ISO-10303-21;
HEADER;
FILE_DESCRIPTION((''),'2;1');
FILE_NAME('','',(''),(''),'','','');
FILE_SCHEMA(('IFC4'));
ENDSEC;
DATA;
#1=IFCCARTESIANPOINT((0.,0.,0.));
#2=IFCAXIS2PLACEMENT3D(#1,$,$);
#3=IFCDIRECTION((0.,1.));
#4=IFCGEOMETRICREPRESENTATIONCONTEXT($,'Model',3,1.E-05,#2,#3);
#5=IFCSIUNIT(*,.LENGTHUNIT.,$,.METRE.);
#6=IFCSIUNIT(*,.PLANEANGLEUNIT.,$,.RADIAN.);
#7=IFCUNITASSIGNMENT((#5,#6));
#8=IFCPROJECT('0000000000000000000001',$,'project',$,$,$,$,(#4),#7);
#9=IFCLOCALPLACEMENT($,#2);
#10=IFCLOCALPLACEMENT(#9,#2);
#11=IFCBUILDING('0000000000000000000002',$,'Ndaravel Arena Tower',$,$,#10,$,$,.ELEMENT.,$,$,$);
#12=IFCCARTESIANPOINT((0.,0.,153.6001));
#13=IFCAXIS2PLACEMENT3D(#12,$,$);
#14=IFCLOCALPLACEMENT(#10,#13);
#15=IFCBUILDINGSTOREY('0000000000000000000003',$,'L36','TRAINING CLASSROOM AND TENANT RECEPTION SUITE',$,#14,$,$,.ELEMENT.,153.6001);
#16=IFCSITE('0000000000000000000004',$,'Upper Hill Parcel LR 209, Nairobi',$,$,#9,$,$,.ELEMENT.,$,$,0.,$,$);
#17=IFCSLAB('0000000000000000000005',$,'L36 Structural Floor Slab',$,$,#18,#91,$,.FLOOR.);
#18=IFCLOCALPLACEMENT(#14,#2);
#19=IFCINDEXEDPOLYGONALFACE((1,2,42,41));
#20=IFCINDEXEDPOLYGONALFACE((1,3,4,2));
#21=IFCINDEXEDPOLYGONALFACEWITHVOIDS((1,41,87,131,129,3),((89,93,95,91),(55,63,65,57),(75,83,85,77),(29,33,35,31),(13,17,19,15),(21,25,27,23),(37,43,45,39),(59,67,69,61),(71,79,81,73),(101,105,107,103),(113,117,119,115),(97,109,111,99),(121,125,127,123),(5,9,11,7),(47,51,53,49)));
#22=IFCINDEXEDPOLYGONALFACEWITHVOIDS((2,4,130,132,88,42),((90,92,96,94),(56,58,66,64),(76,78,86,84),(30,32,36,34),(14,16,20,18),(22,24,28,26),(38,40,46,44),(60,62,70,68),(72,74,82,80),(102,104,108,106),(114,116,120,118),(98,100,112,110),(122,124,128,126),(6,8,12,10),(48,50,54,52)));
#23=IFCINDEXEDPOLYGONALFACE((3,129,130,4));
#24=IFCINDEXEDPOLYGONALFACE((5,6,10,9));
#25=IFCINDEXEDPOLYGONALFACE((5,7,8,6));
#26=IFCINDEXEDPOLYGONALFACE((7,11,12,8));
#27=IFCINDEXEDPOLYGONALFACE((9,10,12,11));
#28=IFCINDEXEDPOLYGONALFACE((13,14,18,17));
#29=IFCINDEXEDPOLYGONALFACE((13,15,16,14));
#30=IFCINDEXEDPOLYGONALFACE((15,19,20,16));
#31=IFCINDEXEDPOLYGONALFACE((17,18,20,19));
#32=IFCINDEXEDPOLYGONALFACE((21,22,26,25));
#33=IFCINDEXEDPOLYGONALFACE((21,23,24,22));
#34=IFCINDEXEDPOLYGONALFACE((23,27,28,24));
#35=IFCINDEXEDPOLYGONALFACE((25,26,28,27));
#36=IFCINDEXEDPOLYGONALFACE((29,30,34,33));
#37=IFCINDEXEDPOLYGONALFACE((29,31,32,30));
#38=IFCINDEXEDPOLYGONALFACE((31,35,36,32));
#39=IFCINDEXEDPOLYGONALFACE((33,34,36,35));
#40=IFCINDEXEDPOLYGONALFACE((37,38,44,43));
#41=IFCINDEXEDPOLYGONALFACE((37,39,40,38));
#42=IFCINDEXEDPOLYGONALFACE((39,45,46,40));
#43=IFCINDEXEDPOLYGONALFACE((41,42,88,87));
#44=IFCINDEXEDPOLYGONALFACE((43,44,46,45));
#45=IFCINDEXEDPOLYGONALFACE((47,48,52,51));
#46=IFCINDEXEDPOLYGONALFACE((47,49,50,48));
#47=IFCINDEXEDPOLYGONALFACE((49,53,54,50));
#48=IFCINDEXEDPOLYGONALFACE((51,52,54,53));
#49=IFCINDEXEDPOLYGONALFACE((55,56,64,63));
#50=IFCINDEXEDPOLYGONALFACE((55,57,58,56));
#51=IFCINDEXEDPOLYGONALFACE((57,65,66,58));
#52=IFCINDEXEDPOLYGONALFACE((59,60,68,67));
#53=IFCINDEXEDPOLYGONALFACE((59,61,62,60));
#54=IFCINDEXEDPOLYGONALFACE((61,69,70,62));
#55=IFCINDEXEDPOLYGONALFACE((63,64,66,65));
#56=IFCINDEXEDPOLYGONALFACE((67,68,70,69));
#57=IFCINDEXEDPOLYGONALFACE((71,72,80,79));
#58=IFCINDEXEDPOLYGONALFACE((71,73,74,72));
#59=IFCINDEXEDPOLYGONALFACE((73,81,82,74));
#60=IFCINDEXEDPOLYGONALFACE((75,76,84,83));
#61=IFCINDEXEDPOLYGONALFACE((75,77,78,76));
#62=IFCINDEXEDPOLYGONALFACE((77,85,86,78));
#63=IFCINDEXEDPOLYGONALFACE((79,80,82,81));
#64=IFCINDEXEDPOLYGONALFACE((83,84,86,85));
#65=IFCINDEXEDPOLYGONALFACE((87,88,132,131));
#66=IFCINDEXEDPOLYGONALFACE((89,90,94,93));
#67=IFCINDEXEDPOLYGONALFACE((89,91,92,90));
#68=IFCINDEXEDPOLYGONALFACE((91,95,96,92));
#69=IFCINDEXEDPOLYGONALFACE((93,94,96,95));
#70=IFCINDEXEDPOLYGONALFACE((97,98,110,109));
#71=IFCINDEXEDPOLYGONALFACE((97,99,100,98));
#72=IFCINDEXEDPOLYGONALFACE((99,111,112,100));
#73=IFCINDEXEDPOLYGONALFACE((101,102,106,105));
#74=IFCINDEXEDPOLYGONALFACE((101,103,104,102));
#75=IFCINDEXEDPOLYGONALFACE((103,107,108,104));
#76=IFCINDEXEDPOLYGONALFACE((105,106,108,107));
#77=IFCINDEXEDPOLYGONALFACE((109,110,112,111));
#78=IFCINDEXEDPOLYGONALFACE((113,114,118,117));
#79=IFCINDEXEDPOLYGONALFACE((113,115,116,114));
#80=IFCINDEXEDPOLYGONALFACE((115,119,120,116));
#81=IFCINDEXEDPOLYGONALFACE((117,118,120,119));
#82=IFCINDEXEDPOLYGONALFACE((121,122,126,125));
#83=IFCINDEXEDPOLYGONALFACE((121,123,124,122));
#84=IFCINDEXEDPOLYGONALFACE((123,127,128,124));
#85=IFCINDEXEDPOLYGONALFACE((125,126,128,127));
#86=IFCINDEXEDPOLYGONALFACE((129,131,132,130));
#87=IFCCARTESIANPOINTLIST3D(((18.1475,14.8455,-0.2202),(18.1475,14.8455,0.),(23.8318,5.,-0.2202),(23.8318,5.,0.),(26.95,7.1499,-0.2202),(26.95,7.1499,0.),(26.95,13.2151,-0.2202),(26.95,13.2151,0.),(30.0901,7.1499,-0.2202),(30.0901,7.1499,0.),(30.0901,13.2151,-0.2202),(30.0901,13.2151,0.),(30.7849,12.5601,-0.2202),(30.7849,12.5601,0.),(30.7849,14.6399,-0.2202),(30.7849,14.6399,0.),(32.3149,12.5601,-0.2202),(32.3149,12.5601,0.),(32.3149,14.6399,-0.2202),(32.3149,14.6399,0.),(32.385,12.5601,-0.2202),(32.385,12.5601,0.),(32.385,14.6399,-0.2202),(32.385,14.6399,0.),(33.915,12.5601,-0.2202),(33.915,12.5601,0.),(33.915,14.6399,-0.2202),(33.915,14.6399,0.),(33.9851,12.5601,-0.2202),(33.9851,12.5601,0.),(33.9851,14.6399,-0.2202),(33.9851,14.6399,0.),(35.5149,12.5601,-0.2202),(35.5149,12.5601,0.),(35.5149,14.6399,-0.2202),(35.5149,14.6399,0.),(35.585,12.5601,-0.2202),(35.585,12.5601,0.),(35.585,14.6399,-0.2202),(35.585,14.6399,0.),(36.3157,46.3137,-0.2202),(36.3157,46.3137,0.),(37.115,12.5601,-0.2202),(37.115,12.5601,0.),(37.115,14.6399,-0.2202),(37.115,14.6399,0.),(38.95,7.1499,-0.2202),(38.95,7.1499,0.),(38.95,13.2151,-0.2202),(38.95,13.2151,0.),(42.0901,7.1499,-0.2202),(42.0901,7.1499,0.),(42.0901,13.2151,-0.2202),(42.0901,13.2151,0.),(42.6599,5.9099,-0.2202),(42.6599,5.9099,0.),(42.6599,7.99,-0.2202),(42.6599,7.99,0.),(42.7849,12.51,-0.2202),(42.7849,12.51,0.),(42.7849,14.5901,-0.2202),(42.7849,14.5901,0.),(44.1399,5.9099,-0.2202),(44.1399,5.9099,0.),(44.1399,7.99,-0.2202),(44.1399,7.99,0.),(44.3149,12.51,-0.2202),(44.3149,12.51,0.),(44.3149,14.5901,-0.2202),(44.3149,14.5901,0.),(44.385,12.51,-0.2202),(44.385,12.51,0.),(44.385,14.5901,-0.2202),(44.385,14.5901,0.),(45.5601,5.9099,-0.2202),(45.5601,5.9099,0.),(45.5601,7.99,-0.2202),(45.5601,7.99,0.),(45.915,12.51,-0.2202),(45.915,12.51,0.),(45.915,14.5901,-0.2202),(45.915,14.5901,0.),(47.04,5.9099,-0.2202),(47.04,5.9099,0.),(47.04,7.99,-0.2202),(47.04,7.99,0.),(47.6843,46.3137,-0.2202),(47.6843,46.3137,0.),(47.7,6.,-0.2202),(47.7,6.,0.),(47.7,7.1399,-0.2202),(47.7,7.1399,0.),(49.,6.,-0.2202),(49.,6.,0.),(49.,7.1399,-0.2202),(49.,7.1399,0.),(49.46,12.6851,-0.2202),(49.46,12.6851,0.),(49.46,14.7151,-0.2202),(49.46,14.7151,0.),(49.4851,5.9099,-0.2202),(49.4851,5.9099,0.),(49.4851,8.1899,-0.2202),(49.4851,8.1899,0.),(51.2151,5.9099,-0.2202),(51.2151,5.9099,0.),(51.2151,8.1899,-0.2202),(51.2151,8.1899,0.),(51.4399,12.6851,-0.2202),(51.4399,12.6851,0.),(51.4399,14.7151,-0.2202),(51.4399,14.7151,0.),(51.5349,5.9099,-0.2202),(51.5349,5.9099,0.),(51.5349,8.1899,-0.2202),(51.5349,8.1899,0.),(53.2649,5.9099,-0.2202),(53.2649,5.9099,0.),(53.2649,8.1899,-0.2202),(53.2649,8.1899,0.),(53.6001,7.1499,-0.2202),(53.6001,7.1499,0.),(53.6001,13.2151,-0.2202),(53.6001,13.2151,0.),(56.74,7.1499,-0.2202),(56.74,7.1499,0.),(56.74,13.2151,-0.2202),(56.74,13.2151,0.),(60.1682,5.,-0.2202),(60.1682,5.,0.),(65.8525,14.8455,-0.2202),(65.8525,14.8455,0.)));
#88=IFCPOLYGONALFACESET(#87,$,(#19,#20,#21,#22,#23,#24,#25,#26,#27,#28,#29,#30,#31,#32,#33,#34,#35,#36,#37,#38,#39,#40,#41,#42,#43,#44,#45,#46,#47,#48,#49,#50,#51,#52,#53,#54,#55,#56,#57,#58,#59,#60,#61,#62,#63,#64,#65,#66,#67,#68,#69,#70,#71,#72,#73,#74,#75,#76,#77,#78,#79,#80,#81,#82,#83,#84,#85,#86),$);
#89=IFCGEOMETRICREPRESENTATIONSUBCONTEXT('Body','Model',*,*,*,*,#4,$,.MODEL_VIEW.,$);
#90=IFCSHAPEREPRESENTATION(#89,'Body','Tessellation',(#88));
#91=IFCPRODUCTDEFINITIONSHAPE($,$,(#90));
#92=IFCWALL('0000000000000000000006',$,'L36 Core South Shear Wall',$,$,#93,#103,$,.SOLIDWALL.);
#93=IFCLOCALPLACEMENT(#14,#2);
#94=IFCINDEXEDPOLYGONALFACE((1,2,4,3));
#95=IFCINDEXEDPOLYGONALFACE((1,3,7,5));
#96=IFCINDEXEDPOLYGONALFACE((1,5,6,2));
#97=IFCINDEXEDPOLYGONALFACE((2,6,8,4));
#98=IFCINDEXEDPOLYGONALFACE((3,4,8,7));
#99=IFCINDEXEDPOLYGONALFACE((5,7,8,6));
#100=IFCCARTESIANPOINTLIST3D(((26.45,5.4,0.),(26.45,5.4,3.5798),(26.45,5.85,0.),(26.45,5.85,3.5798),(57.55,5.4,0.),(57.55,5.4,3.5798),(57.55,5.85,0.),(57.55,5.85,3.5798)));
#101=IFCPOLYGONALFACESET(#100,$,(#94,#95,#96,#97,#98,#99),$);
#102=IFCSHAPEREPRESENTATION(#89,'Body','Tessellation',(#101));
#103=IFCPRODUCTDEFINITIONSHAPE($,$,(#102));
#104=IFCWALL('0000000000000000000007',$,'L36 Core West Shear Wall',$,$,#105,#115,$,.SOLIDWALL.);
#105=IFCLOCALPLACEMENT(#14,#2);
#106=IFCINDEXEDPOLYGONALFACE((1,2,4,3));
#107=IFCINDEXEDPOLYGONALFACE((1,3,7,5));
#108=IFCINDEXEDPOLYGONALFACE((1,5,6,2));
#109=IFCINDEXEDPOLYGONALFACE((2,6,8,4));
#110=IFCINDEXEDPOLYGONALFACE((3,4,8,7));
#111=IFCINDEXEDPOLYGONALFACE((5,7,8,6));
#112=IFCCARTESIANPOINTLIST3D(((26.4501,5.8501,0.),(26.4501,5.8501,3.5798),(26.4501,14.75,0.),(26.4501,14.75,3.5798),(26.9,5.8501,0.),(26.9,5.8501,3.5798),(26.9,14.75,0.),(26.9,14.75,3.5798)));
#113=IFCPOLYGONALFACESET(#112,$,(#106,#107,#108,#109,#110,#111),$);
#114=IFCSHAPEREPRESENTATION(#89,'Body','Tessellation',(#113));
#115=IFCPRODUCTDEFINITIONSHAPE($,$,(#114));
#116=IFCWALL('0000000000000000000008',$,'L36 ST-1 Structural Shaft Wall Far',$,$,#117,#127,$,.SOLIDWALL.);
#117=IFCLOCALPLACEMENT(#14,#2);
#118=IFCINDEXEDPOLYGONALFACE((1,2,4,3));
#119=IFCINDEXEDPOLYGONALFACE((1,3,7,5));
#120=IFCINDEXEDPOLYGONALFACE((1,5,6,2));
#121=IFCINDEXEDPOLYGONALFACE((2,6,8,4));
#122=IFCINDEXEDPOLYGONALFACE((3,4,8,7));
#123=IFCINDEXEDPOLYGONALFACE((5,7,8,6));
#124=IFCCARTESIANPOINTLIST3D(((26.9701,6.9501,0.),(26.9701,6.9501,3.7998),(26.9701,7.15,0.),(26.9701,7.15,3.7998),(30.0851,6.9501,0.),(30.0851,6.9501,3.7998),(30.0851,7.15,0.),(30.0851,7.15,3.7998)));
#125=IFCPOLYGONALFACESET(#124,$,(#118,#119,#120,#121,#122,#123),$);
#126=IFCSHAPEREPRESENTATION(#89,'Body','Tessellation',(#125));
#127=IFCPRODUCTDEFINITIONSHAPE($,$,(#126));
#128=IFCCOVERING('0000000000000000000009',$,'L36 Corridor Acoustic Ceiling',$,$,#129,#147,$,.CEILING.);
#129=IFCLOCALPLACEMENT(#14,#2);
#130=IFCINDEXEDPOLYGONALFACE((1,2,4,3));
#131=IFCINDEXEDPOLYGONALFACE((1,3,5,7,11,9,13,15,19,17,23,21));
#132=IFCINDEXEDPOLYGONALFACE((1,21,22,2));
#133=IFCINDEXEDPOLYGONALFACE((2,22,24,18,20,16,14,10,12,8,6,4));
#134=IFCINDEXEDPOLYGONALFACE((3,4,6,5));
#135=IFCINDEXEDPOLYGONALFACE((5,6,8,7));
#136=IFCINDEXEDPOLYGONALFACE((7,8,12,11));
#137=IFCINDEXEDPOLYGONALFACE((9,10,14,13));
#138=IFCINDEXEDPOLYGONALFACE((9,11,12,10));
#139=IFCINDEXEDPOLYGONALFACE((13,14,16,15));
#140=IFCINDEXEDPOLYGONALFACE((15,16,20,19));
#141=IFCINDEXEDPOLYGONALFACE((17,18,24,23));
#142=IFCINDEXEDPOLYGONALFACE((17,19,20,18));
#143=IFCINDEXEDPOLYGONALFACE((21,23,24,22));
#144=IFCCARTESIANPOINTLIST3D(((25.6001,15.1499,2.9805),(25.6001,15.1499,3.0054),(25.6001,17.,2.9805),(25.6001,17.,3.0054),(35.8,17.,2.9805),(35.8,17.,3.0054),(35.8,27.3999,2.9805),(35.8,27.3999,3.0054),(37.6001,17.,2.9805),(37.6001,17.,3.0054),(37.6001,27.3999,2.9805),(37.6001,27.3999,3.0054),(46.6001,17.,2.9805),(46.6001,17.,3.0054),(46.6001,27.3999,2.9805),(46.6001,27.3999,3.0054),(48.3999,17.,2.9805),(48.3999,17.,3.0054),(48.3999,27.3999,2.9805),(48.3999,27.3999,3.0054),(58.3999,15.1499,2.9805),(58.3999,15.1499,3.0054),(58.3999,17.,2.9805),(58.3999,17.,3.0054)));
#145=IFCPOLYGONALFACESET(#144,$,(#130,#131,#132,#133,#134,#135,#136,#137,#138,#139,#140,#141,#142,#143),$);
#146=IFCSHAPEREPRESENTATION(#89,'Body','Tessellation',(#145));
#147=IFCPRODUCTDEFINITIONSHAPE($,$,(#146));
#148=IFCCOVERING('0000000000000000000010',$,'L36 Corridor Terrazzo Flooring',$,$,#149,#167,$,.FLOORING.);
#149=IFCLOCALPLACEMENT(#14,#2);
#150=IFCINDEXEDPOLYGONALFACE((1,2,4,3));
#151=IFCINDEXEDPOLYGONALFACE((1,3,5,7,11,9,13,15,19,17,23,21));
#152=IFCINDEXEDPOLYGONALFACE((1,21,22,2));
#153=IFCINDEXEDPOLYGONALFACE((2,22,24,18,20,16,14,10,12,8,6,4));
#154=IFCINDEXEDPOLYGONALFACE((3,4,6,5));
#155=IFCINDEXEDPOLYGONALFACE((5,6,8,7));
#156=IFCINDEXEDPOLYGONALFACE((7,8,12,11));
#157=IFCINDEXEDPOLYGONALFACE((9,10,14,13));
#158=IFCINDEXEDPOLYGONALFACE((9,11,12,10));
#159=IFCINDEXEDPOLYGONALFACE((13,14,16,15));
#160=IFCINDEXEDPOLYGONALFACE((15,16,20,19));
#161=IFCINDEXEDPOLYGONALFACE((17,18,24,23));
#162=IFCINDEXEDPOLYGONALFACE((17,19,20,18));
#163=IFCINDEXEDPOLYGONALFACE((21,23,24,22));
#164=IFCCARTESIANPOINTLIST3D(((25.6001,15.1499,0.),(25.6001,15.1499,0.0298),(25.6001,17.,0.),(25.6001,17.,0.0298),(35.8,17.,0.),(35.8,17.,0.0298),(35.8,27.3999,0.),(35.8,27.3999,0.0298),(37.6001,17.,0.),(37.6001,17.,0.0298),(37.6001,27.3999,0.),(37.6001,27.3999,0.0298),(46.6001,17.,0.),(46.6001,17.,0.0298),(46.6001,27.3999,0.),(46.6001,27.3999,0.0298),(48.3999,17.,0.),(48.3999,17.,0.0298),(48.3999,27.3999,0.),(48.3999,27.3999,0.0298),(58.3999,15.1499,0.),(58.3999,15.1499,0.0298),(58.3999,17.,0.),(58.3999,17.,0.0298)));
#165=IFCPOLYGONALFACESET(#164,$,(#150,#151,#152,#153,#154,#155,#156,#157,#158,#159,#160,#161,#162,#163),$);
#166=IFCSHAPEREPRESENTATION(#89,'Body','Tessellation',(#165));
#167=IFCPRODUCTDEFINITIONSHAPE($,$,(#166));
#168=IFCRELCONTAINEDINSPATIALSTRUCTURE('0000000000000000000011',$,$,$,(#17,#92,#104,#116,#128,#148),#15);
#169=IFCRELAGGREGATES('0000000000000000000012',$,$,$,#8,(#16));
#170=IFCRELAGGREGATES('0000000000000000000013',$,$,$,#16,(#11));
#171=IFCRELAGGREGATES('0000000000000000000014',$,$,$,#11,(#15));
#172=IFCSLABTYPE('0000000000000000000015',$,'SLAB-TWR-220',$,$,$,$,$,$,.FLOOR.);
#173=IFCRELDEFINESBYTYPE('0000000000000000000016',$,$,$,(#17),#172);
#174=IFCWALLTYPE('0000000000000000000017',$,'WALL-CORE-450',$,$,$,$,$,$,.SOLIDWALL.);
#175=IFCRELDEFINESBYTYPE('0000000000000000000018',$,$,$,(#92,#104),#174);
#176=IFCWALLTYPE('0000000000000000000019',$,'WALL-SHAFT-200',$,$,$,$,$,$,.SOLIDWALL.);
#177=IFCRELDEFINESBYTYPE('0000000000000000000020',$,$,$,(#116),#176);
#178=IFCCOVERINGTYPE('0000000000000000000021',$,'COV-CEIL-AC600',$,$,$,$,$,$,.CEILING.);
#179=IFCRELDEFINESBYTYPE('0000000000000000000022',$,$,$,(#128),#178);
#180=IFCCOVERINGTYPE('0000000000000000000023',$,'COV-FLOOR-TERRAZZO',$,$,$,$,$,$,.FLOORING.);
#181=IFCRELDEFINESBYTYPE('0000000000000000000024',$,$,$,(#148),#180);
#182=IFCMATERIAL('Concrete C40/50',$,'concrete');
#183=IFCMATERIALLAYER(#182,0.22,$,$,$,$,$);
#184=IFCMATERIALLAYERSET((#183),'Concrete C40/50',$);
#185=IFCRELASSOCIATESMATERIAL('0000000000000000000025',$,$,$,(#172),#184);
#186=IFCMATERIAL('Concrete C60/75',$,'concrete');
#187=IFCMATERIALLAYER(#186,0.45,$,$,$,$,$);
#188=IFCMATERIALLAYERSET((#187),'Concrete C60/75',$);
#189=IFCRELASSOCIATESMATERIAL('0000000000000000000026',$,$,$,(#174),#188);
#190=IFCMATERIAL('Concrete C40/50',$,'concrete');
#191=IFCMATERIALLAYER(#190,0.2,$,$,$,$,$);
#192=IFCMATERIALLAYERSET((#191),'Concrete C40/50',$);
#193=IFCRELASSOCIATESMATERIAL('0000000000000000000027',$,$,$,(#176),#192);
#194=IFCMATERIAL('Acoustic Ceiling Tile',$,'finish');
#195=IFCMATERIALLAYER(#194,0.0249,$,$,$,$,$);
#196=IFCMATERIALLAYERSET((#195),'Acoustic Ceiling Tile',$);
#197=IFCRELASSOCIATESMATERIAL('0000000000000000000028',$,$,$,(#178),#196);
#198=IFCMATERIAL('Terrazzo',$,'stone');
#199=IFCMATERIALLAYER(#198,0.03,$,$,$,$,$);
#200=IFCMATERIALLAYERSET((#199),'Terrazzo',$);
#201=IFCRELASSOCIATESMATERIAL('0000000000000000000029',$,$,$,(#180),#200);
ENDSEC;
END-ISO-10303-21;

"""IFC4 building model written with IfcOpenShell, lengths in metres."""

from ifc_helpers import new_model, si_unit, direction, frame, frame_2d, origin, place, context, subcontext, project, spatial, polyline, rectangle, outline, extrude, material, layer, layer_set, type_object, element, save


model = new_model("IFC4")

# Units and contexts
model_context = context("Model", 3, precision=1e-05, world=origin(), true_north=direction((0.0, 1.0)))
body_context = subcontext(model_context, "Body", "Model", "MODEL_VIEW")
ifc_project = project(units=[si_unit("LENGTHUNIT", "METRE"), si_unit("PLANEANGLEUNIT", "RADIAN")], contexts=[model_context])

# Site, building, storey
site_placement = place(None, origin())
site = spatial("IfcSite", under=ifc_project, at=site_placement, Name="Upper Hill Parcel LR 209, Nairobi", CompositionType="ELEMENT", RefElevation=0.0)
building_placement = place(site_placement, origin())
building = spatial("IfcBuilding", under=site, at=building_placement, Name="Ndaravel Arena Tower", CompositionType="ELEMENT")
storey_placement = place(building_placement, frame((0.0, 0.0, 153.6001)))
storey = spatial("IfcBuildingStorey", under=building, at=storey_placement, Name="L36", Description="TRAINING CLASSROOM AND TENANT RECEPTION SUITE", CompositionType="ELEMENT", Elevation=153.6001)

# Slab
ifc_material_1 = material(Name="Concrete C40/50", Category="concrete")
ifc_layer_1 = layer(ifc_material_1, 0.22)
ifc_layer_set_1 = layer_set([ifc_layer_1], Name="Concrete C40/50")
slab_type_1 = type_object("IfcSlabType", Name="SLAB-TWR-220", PredefinedType="FLOOR", material=ifc_layer_set_1)
slab_1_placement = place(storey_placement, frame((0.0, 0.0, -0.2202)))
element("IfcSlab", 1, at=slab_1_placement, inside=storey, type_object=slab_type_1, Name="L36 Structural Floor Slab", PredefinedType="FLOOR", context=body_context, shape_type="SweptSolid", body=[
    extrude(outline(polyline([(18.1475, 14.8455), (23.8318, 5.0), (60.1682, 5.0), (65.8525, 14.8455), (47.6843, 46.3137), (36.3157, 46.3137), (18.1475, 14.8455)]), holes=[polyline([(26.95, 13.2151), (26.95, 7.1499), (30.0901, 7.1499), (30.0901, 13.2151), (26.95, 13.2151)]), polyline([(38.95, 13.2151), (38.95, 7.1499), (42.0901, 7.1499), (42.0901, 13.2151), (38.95, 13.2151)]), polyline([(53.6001, 13.2151), (53.6001, 7.1499), (56.74, 7.1499), (56.74, 13.2151), (53.6001, 13.2151)]), polyline([(30.7849, 12.5601), (32.3149, 12.5601), (32.3149, 14.6399), (30.7849, 14.6399), (30.7849, 12.5601)]), polyline([(32.385, 12.5601), (33.915, 12.5601), (33.915, 14.6399), (32.385, 14.6399), (32.385, 12.5601)]), polyline([(33.9851, 12.5601), (35.5149, 12.5601), (35.5149, 14.6399), (33.9851, 14.6399), (33.9851, 12.5601)]), polyline([(35.585, 12.5601), (37.115, 12.5601), (37.115, 14.6399), (35.585, 14.6399), (35.585, 12.5601)]), polyline([(42.6599, 5.9099), (44.1399, 5.9099), (44.1399, 7.99), (42.6599, 7.99), (42.6599, 5.9099)]), polyline([(45.5601, 5.9099), (47.04, 5.9099), (47.04, 7.99), (45.5601, 7.99), (45.5601, 5.9099)]), polyline([(42.7849, 12.51), (44.3149, 12.51), (44.3149, 14.5901), (42.7849, 14.5901), (42.7849, 12.51)]), polyline([(44.385, 12.51), (45.915, 12.51), (45.915, 14.5901), (44.385, 14.5901), (44.385, 12.51)]), polyline([(49.4851, 5.9099), (51.2151, 5.9099), (51.2151, 8.1899), (49.4851, 8.1899), (49.4851, 5.9099)]), polyline([(51.5349, 5.9099), (53.2649, 5.9099), (53.2649, 8.1899), (51.5349, 8.1899), (51.5349, 5.9099)]), polyline([(49.46, 12.6851), (51.4399, 12.6851), (51.4399, 14.7151), (49.46, 14.7151), (49.46, 12.6851)]), polyline([(47.7, 6.0), (49.0, 6.0), (49.0, 7.1399), (47.7, 7.1399), (47.7, 6.0)])]), origin(), (0.0, 0.0, 1.0), 0.2202),
])

# Walls
ifc_material_2 = material(Name="Concrete C60/75", Category="concrete")
ifc_layer_2 = layer(ifc_material_2, 0.45)
ifc_layer_set_2 = layer_set([ifc_layer_2], Name="Concrete C60/75")
wall_type_1 = type_object("IfcWallType", Name="WALL-CORE-450", PredefinedType="SOLIDWALL", material=ifc_layer_set_2)
wall_1_placement = place(storey_placement, frame((26.45, 5.625, 0.0), z_axis=(0.0, 0.0, 1.0), x_axis=(1.0, 0.0, 0.0)))
element("IfcWall", 2, at=wall_1_placement, inside=storey, type_object=wall_type_1, Name="L36 Core South Shear Wall", PredefinedType="SOLIDWALL", context=body_context, shape_type="SweptSolid", body=[
    extrude(rectangle(XDim=31.1001, YDim=0.45, at=frame_2d((15.55, 0.0))), origin(), (0.0, 0.0, 1.0), 3.5798),
])
wall_2_placement = place(storey_placement, frame((26.675, 5.8501, 0.0), z_axis=(0.0, 0.0, 1.0), x_axis=(0.0, 1.0, 0.0)))
element("IfcWall", 3, at=wall_2_placement, inside=storey, type_object=wall_type_1, Name="L36 Core West Shear Wall", PredefinedType="SOLIDWALL", context=body_context, shape_type="SweptSolid", body=[
    extrude(rectangle(XDim=8.8999, YDim=0.45, at=frame_2d((4.45, 0.0))), origin(), (0.0, 0.0, 1.0), 3.5798),
])
ifc_material_3 = material(Name="Concrete C40/50", Category="concrete")
ifc_layer_3 = layer(ifc_material_3, 0.2)
ifc_layer_set_3 = layer_set([ifc_layer_3], Name="Concrete C40/50")
wall_type_2 = type_object("IfcWallType", Name="WALL-SHAFT-200", PredefinedType="SOLIDWALL", material=ifc_layer_set_3)
wall_3_placement = place(storey_placement, frame((26.97, 7.05, 0.0), z_axis=(0.0, 0.0, 1.0), x_axis=(1.0, 0.0, 0.0)))
element("IfcWall", 4, at=wall_3_placement, inside=storey, type_object=wall_type_2, Name="L36 ST-1 Structural Shaft Wall Far", PredefinedType="SOLIDWALL", context=body_context, shape_type="SweptSolid", body=[
    extrude(rectangle(XDim=3.115, YDim=0.2, at=frame_2d((1.5576, 0.0))), origin(), (0.0, 0.0, 1.0), 3.7998),
])

# Coverings
ifc_material_4 = material(Name="Acoustic Ceiling Tile", Category="finish")
ifc_layer_4 = layer(ifc_material_4, 0.0249)
ifc_layer_set_4 = layer_set([ifc_layer_4], Name="Acoustic Ceiling Tile")
covering_type_1 = type_object("IfcCoveringType", Name="COV-CEIL-AC600", PredefinedType="CEILING", material=ifc_layer_set_4)
covering_1_placement = place(storey_placement, frame((0.0, 0.0, 2.9805)))
element("IfcCovering", 5, at=covering_1_placement, inside=storey, type_object=covering_type_1, Name="L36 Corridor Acoustic Ceiling", PredefinedType="CEILING", context=body_context, shape_type="SweptSolid", body=[
    extrude(outline(polyline([(58.3999, 17.0), (48.3999, 17.0), (48.3999, 27.3999), (46.6001, 27.3999), (46.6001, 17.0), (37.6001, 17.0), (37.6001, 27.3999), (35.8, 27.3999), (35.8, 17.0), (25.6001, 17.0), (25.6001, 15.1499), (58.3999, 15.1499), (58.3999, 17.0)])), origin(), (0.0, 0.0, 1.0), 0.0249),
])
ifc_material_5 = material(Name="Terrazzo", Category="stone")
ifc_layer_5 = layer(ifc_material_5, 0.03)
ifc_layer_set_5 = layer_set([ifc_layer_5], Name="Terrazzo")
covering_type_2 = type_object("IfcCoveringType", Name="COV-FLOOR-TERRAZZO", PredefinedType="FLOORING", material=ifc_layer_set_5)
covering_2_placement = place(storey_placement, origin())
element("IfcCovering", 6, at=covering_2_placement, inside=storey, type_object=covering_type_2, Name="L36 Corridor Terrazzo Flooring", PredefinedType="FLOORING", context=body_context, shape_type="SweptSolid", body=[
    extrude(outline(polyline([(58.3999, 17.0), (48.3999, 17.0), (48.3999, 27.3999), (46.6001, 27.3999), (46.6001, 17.0), (37.6001, 17.0), (37.6001, 27.3999), (35.8, 27.3999), (35.8, 17.0), (25.6001, 17.0), (25.6001, 15.1499), (58.3999, 15.1499), (58.3999, 17.0)])), origin(), (0.0, 0.0, 1.0), 0.0298),
])

save(model, "model.ifc")
